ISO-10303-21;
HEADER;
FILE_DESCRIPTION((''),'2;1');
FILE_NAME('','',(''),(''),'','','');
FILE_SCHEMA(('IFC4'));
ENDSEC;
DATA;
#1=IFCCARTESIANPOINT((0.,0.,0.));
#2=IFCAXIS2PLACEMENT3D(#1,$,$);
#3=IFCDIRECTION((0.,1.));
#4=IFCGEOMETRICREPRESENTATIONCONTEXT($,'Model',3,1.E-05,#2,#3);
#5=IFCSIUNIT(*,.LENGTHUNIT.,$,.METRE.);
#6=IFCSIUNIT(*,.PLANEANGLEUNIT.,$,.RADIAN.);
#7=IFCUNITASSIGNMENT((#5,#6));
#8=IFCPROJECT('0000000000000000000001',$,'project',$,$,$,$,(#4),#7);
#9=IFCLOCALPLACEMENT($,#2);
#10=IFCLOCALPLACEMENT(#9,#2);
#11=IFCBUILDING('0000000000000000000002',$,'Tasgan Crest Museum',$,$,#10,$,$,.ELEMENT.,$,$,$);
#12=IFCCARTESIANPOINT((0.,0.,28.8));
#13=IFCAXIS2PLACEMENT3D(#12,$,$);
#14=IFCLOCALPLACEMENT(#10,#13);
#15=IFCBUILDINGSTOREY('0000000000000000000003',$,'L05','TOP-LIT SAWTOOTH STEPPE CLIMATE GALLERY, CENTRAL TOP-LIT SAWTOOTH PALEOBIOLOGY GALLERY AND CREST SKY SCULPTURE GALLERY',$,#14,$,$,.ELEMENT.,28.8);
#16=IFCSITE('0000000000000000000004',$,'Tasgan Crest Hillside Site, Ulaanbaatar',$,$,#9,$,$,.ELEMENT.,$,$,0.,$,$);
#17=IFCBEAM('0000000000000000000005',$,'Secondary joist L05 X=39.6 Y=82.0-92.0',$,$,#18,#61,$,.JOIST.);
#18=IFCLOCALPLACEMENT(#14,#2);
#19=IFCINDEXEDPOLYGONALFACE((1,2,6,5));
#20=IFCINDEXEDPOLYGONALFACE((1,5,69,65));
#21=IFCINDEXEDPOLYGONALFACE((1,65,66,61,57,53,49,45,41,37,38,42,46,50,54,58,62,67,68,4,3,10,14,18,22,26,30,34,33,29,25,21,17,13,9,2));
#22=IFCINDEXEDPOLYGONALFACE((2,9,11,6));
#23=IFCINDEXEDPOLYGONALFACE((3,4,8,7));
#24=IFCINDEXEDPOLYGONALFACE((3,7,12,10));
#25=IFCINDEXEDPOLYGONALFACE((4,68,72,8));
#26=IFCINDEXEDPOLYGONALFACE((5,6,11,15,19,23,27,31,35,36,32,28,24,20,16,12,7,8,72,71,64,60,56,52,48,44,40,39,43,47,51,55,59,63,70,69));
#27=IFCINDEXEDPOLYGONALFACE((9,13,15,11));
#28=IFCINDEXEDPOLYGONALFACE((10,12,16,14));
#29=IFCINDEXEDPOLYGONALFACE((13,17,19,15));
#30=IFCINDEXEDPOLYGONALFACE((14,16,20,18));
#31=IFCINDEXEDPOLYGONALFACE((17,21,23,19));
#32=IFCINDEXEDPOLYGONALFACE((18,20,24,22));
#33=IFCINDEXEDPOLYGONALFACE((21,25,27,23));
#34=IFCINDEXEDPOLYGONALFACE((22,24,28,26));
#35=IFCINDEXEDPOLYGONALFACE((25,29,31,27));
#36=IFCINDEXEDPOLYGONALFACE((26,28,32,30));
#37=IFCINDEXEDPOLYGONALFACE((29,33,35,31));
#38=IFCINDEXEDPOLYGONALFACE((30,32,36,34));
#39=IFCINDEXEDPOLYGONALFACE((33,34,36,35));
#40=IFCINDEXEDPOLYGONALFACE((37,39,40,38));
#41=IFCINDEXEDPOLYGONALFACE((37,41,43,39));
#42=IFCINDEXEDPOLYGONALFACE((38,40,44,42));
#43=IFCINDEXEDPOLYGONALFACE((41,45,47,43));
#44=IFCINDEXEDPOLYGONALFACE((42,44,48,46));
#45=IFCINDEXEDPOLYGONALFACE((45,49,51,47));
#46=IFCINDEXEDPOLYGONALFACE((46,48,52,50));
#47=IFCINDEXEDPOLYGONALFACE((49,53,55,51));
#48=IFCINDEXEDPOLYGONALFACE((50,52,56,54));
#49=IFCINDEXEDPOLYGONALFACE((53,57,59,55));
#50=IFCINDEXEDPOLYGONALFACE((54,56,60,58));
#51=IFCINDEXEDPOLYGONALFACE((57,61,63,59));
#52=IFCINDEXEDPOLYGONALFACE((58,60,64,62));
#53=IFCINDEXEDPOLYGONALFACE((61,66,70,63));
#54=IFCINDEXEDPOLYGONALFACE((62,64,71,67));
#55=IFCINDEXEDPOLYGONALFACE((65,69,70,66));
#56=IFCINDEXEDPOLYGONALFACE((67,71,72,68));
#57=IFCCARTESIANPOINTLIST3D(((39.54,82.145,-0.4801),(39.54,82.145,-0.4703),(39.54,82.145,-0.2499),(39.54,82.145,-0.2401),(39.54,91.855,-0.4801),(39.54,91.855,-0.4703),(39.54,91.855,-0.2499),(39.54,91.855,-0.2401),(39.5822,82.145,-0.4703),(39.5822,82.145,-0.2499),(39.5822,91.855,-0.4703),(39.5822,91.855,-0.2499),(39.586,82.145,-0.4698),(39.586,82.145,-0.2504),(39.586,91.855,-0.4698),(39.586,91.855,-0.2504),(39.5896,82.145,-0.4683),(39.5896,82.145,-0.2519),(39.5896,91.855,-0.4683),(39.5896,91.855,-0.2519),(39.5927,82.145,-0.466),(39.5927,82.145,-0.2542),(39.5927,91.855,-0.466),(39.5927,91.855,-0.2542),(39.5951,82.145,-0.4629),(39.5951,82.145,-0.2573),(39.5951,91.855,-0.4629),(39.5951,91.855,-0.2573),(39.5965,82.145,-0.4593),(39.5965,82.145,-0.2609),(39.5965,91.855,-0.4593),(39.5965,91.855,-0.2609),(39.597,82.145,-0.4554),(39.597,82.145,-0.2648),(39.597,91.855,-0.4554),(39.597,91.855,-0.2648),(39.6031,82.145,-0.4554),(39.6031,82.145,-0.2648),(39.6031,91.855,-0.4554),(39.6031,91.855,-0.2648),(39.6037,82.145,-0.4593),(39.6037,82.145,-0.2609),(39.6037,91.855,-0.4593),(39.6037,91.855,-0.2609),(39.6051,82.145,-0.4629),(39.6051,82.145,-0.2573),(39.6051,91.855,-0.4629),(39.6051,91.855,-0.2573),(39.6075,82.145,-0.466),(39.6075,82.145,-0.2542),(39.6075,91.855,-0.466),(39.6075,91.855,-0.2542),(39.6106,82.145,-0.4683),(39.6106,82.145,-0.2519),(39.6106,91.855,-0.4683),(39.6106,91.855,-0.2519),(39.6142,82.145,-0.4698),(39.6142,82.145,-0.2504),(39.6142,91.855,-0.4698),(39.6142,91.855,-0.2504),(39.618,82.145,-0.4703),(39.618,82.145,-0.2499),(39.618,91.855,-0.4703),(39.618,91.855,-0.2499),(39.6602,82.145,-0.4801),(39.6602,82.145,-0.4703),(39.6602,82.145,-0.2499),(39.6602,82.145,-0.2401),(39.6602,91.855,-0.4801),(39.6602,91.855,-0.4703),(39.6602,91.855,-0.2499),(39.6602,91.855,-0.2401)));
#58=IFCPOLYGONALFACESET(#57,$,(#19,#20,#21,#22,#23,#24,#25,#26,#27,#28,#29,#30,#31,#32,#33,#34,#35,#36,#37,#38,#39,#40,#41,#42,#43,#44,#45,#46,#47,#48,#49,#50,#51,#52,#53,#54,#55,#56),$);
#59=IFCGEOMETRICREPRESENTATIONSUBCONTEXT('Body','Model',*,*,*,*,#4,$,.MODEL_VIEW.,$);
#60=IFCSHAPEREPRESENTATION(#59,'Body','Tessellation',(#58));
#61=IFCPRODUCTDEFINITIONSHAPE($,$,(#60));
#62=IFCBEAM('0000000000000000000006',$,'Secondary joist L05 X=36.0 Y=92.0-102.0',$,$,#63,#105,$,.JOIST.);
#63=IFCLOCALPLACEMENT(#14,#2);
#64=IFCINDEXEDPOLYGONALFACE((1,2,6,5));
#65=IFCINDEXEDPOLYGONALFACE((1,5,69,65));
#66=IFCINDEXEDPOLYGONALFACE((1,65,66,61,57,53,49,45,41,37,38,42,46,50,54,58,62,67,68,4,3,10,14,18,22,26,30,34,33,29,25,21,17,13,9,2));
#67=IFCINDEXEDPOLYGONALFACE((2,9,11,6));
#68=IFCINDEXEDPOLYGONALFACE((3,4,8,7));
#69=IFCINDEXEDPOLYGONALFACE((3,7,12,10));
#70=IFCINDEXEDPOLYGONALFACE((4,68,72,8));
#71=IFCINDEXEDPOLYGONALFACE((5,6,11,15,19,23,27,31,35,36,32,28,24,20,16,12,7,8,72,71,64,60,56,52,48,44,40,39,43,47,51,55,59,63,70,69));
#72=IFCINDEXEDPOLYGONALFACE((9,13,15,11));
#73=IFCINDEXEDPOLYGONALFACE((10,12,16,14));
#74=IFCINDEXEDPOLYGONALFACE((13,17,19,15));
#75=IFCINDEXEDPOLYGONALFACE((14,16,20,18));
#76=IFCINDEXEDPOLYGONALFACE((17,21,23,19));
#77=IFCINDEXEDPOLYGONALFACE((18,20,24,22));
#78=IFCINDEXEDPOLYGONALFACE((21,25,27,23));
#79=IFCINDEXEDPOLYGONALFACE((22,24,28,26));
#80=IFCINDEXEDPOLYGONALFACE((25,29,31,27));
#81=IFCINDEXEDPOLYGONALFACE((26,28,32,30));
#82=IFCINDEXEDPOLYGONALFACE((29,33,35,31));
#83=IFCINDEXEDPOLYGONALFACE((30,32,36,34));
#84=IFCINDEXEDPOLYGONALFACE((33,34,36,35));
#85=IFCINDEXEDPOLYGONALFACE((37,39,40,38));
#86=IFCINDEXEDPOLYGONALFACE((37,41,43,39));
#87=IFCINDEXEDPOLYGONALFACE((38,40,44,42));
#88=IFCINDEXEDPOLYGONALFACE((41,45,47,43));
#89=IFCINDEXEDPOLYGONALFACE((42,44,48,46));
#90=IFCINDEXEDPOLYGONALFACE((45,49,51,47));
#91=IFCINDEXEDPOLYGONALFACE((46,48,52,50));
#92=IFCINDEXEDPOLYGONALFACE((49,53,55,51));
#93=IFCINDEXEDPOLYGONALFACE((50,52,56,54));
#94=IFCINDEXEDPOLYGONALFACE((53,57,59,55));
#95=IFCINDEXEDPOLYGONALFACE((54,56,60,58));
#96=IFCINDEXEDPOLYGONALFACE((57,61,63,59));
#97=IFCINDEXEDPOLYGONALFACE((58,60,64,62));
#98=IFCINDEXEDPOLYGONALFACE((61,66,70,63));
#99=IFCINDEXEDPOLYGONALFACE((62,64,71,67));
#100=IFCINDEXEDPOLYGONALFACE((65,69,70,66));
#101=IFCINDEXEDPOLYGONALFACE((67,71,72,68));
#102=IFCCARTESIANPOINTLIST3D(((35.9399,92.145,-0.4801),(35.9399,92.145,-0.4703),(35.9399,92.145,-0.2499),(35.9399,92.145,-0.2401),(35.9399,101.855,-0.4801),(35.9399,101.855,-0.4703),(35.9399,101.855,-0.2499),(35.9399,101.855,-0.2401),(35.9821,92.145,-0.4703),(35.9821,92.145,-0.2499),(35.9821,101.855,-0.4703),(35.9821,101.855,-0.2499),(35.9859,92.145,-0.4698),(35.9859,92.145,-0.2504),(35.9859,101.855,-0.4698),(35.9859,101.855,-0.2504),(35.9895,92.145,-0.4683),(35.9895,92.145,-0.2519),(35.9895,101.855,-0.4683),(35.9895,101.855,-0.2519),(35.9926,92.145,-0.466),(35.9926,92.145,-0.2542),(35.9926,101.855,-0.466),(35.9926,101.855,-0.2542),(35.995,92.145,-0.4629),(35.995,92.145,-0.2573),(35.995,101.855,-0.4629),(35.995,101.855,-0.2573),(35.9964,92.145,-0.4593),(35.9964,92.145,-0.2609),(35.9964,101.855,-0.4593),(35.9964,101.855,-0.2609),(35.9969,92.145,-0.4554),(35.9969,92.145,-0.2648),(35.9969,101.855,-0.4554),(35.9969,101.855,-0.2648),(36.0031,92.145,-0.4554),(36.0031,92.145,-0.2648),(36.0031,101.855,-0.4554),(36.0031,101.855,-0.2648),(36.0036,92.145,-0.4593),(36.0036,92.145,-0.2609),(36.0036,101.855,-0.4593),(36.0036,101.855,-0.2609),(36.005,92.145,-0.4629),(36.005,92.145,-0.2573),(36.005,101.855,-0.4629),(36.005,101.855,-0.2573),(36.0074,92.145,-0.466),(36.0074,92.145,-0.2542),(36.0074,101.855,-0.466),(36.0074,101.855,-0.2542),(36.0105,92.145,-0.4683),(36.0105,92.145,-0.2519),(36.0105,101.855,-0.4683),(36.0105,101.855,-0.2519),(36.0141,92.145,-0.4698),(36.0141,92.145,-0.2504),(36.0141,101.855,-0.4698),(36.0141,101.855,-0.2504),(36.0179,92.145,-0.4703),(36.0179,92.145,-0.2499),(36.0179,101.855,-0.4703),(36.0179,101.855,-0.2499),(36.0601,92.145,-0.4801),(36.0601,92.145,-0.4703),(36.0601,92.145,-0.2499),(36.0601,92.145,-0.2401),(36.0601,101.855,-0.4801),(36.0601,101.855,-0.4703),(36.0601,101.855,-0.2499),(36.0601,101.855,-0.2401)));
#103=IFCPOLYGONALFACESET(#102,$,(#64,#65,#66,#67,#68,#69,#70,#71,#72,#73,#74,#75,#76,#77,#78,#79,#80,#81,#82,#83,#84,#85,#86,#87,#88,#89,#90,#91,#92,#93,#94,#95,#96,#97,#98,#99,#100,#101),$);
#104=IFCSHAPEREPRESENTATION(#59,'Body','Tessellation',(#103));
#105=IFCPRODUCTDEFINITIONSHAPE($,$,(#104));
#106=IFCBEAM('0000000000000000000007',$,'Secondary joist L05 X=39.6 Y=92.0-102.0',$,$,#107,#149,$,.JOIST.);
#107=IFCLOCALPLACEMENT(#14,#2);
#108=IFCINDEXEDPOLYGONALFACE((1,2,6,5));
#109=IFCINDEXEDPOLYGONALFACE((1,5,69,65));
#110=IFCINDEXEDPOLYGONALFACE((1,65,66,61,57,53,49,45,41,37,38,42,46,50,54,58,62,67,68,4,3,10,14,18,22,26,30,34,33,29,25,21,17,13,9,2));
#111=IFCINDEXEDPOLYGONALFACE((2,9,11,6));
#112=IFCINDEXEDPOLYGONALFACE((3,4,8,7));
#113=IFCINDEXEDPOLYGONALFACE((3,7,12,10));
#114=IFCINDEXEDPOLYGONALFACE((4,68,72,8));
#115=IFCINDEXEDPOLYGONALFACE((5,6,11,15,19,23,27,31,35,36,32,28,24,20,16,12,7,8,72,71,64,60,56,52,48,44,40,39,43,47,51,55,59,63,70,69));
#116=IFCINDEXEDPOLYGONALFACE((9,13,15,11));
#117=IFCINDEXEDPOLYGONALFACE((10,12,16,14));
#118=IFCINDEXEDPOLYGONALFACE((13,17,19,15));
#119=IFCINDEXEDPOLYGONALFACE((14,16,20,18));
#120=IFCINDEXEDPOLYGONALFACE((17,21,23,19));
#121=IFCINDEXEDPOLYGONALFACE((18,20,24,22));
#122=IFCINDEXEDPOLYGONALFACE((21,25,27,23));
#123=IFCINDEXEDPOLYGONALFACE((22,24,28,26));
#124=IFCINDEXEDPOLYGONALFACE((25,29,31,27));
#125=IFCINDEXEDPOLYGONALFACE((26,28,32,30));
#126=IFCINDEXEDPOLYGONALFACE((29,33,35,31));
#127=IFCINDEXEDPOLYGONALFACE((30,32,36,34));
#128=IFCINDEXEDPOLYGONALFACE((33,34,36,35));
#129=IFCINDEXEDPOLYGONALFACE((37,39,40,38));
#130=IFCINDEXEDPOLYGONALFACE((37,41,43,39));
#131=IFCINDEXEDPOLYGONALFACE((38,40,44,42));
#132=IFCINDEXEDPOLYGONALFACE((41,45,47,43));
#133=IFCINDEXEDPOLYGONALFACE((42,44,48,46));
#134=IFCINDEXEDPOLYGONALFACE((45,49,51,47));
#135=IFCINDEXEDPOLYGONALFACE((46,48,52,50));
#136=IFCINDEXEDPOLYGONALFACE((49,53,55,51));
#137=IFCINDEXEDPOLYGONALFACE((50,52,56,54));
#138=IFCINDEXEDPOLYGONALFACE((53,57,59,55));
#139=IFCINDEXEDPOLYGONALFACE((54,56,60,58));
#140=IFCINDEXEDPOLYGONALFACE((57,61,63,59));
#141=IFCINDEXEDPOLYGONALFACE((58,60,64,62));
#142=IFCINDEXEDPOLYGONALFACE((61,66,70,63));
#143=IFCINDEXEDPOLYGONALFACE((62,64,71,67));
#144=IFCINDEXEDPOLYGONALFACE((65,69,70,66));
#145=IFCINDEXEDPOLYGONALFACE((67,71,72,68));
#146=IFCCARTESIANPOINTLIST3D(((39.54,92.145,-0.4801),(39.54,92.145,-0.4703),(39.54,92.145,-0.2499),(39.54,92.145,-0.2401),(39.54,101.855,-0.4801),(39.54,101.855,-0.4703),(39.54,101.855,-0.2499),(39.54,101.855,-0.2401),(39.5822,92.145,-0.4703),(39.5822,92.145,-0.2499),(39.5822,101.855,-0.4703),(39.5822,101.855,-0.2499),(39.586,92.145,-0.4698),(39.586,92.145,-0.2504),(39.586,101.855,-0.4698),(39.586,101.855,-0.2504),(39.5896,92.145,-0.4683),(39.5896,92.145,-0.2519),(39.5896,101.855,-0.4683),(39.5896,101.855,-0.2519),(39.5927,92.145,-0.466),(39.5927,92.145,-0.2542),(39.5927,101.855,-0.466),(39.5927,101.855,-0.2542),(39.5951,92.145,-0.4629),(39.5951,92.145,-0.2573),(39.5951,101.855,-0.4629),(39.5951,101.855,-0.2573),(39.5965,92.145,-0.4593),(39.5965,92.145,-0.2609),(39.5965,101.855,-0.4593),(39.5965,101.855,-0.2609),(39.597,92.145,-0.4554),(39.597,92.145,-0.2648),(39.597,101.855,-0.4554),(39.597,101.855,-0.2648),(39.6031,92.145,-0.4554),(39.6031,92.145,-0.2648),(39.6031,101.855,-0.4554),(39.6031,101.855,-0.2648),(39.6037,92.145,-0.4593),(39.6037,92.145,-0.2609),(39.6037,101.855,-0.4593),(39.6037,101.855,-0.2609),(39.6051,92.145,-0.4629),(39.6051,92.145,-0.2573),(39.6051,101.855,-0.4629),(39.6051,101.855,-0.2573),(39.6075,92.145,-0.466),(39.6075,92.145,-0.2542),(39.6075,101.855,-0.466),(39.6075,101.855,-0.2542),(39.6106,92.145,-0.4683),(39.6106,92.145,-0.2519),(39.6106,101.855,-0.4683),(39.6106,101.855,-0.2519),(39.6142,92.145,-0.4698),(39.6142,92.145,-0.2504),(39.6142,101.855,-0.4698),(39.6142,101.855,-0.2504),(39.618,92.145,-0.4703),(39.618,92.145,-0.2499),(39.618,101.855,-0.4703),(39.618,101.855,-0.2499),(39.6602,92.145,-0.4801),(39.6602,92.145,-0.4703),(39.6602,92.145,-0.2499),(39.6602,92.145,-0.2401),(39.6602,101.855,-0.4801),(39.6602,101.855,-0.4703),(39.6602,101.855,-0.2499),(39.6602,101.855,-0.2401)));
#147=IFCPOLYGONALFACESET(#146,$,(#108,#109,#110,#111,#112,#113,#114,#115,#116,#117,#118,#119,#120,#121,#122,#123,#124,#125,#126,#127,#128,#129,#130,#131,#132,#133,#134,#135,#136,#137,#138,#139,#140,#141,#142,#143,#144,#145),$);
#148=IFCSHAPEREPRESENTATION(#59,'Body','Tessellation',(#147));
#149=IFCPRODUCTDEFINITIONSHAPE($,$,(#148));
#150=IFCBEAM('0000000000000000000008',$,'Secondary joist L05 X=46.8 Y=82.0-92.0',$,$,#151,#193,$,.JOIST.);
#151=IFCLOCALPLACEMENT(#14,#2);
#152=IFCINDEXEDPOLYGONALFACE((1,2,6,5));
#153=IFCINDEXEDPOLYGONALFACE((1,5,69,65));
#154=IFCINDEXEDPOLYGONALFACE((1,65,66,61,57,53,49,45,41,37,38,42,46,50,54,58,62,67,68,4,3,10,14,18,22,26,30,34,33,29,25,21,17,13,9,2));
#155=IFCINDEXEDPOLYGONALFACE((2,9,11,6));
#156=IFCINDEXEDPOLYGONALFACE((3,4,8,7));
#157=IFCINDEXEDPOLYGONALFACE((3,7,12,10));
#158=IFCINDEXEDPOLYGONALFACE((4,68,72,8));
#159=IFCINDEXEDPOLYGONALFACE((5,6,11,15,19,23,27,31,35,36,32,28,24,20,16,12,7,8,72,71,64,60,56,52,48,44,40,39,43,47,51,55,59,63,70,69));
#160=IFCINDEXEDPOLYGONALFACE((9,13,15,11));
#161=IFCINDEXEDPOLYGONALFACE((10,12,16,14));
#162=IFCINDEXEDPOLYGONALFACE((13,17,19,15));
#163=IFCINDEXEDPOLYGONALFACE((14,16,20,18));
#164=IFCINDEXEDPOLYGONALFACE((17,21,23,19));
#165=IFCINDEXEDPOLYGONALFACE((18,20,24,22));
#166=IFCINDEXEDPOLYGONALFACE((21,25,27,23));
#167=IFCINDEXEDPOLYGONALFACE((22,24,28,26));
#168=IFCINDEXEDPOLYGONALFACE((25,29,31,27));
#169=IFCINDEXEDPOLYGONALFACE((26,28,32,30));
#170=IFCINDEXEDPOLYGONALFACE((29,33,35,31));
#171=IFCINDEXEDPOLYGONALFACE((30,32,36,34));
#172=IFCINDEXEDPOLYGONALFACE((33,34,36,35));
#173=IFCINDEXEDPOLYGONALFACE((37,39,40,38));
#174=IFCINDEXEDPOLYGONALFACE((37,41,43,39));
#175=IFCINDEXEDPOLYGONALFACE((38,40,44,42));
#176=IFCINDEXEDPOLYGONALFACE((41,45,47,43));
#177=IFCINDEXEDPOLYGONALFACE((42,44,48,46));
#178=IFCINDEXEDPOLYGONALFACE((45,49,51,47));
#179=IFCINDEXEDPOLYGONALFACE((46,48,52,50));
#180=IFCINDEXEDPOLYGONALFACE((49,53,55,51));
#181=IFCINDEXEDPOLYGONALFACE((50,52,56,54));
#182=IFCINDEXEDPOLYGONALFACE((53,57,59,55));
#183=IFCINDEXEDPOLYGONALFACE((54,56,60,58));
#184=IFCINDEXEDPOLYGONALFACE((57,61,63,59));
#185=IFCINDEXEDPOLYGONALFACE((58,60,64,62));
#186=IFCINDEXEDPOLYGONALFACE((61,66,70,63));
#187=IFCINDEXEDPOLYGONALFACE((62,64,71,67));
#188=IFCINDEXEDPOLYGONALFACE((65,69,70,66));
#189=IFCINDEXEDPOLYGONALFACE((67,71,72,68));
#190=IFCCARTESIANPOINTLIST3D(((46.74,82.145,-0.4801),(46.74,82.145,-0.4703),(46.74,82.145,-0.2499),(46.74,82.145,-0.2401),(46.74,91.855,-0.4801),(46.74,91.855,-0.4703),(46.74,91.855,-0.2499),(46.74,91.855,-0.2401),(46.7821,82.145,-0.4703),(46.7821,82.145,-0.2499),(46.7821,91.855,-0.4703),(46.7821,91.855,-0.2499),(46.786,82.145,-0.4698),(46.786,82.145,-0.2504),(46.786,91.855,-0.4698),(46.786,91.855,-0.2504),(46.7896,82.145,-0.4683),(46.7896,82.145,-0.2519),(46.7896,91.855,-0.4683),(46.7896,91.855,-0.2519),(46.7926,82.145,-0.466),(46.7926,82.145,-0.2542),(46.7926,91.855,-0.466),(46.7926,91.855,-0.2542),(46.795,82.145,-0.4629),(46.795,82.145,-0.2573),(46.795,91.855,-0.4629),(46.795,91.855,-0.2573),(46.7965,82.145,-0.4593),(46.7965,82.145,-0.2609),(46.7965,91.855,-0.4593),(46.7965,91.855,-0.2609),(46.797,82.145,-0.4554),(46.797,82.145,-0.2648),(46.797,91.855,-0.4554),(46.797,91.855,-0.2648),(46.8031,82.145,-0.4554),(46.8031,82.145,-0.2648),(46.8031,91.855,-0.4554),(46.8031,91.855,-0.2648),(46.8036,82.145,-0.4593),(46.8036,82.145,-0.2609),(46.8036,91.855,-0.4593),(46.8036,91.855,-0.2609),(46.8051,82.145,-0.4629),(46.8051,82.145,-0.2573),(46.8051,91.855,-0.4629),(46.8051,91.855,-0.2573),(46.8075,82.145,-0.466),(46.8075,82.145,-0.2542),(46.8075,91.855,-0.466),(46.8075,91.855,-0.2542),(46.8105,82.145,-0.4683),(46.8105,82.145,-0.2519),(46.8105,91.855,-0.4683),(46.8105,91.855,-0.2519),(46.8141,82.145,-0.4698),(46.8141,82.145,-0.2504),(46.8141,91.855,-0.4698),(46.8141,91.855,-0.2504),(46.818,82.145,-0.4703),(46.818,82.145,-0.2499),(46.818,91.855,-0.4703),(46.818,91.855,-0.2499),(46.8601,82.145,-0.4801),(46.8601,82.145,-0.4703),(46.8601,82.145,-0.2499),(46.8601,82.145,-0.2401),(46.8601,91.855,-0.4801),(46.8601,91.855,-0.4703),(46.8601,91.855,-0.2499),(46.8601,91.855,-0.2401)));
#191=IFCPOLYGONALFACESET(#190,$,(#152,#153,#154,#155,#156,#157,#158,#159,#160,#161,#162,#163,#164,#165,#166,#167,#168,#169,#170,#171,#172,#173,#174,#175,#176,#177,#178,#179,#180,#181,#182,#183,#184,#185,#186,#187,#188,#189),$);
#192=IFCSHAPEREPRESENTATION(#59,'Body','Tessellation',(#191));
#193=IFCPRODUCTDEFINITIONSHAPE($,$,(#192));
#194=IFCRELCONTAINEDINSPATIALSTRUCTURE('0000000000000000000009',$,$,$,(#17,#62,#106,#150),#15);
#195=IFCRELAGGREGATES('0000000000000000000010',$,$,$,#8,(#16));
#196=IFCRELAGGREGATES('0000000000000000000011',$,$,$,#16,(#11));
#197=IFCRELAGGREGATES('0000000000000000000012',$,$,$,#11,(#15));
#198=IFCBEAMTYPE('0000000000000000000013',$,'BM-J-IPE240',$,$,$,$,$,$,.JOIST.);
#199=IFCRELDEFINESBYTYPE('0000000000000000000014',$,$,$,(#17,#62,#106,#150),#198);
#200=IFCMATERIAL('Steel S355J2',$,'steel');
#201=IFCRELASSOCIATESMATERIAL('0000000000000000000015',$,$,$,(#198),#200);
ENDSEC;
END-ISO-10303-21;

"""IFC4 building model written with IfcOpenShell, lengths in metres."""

from ifc_helpers import new_model, si_unit, direction, frame, origin, origin_2d, place, context, subcontext, project, spatial, i_section, extrude, material, material_profile, profile_set, type_object, element, save


model = new_model("IFC4")

# Units and contexts
model_context = context("Model", 3, precision=1e-05, world=origin(), true_north=direction((0.0, 1.0)))
body_context = subcontext(model_context, "Body", "Model", "MODEL_VIEW")
ifc_project = project(units=[si_unit("LENGTHUNIT", "METRE"), si_unit("PLANEANGLEUNIT", "RADIAN")], contexts=[model_context])

# Site, building, storey
site_placement = place(None, origin())
site = spatial("IfcSite", under=ifc_project, at=site_placement, Name="Tasgan Crest Hillside Site, Ulaanbaatar", CompositionType="ELEMENT", RefElevation=0.0)
building_placement = place(site_placement, origin())
building = spatial("IfcBuilding", under=site, at=building_placement, Name="Tasgan Crest Museum", CompositionType="ELEMENT")
storey_placement = place(building_placement, frame((0.0, 0.0, 28.8)))
storey = spatial("IfcBuildingStorey", under=building, at=storey_placement, Name="L05", Description="TOP-LIT SAWTOOTH STEPPE CLIMATE GALLERY, CENTRAL TOP-LIT SAWTOOTH PALEOBIOLOGY GALLERY AND CREST SKY SCULPTURE GALLERY", CompositionType="ELEMENT", Elevation=28.8)

# Beams
ifc_material_1 = material(Name="Steel S355J2", Category="steel")
ifc_material_profile_1 = material_profile(ifc_material_1, i_section(OverallWidth=0.1201, OverallDepth=0.24, WebThickness=0.0061, FlangeThickness=0.0098, FilletRadius=0.0149, at=origin_2d()), Name="IPE 240")
ifc_profile_set_1 = profile_set([ifc_material_profile_1], Name="Steel S355J2")
beam_type_1 = type_object("IfcBeamType", Name="BM-J-IPE240", PredefinedType="JOIST", material=ifc_profile_set_1)
for number, where, z_axis, x_axis, name in (
    (1, (39.6001, 82.145, -0.3601), (0.0, 1.0, 0.0), (-1.0, 0.0, 0.0), "Secondary joist L05 X=39.6 Y=82.0-92.0"),
    (2, (36.0, 92.145, -0.3601), (0.0, 1.0, 0.0), (-1.0, 0.0, 0.0), "Secondary joist L05 X=36.0 Y=92.0-102.0"),
    (3, (39.6001, 92.145, -0.3601), (0.0, 1.0, 0.0), (-1.0, 0.0, 0.0), "Secondary joist L05 X=39.6 Y=92.0-102.0"),
    (4, (46.8, 82.145, -0.3601), (0.0, 1.0, 0.0), (-1.0, 0.0, 0.0), "Secondary joist L05 X=46.8 Y=82.0-92.0"),
):
    element("IfcBeam", number, at=place(storey_placement, frame(where, z_axis=z_axis, x_axis=x_axis)), inside=storey, type_object=beam_type_1, Name=name, PredefinedType="JOIST", context=body_context, shape_type="SweptSolid", body=[
        extrude(i_section(OverallWidth=0.1201, OverallDepth=0.24, WebThickness=0.0061, FlangeThickness=0.0098, FilletRadius=0.0149, at=origin_2d()), origin(), (0.0, 0.0, 1.0), 9.71),
    ])

save(model, "model.ifc")
